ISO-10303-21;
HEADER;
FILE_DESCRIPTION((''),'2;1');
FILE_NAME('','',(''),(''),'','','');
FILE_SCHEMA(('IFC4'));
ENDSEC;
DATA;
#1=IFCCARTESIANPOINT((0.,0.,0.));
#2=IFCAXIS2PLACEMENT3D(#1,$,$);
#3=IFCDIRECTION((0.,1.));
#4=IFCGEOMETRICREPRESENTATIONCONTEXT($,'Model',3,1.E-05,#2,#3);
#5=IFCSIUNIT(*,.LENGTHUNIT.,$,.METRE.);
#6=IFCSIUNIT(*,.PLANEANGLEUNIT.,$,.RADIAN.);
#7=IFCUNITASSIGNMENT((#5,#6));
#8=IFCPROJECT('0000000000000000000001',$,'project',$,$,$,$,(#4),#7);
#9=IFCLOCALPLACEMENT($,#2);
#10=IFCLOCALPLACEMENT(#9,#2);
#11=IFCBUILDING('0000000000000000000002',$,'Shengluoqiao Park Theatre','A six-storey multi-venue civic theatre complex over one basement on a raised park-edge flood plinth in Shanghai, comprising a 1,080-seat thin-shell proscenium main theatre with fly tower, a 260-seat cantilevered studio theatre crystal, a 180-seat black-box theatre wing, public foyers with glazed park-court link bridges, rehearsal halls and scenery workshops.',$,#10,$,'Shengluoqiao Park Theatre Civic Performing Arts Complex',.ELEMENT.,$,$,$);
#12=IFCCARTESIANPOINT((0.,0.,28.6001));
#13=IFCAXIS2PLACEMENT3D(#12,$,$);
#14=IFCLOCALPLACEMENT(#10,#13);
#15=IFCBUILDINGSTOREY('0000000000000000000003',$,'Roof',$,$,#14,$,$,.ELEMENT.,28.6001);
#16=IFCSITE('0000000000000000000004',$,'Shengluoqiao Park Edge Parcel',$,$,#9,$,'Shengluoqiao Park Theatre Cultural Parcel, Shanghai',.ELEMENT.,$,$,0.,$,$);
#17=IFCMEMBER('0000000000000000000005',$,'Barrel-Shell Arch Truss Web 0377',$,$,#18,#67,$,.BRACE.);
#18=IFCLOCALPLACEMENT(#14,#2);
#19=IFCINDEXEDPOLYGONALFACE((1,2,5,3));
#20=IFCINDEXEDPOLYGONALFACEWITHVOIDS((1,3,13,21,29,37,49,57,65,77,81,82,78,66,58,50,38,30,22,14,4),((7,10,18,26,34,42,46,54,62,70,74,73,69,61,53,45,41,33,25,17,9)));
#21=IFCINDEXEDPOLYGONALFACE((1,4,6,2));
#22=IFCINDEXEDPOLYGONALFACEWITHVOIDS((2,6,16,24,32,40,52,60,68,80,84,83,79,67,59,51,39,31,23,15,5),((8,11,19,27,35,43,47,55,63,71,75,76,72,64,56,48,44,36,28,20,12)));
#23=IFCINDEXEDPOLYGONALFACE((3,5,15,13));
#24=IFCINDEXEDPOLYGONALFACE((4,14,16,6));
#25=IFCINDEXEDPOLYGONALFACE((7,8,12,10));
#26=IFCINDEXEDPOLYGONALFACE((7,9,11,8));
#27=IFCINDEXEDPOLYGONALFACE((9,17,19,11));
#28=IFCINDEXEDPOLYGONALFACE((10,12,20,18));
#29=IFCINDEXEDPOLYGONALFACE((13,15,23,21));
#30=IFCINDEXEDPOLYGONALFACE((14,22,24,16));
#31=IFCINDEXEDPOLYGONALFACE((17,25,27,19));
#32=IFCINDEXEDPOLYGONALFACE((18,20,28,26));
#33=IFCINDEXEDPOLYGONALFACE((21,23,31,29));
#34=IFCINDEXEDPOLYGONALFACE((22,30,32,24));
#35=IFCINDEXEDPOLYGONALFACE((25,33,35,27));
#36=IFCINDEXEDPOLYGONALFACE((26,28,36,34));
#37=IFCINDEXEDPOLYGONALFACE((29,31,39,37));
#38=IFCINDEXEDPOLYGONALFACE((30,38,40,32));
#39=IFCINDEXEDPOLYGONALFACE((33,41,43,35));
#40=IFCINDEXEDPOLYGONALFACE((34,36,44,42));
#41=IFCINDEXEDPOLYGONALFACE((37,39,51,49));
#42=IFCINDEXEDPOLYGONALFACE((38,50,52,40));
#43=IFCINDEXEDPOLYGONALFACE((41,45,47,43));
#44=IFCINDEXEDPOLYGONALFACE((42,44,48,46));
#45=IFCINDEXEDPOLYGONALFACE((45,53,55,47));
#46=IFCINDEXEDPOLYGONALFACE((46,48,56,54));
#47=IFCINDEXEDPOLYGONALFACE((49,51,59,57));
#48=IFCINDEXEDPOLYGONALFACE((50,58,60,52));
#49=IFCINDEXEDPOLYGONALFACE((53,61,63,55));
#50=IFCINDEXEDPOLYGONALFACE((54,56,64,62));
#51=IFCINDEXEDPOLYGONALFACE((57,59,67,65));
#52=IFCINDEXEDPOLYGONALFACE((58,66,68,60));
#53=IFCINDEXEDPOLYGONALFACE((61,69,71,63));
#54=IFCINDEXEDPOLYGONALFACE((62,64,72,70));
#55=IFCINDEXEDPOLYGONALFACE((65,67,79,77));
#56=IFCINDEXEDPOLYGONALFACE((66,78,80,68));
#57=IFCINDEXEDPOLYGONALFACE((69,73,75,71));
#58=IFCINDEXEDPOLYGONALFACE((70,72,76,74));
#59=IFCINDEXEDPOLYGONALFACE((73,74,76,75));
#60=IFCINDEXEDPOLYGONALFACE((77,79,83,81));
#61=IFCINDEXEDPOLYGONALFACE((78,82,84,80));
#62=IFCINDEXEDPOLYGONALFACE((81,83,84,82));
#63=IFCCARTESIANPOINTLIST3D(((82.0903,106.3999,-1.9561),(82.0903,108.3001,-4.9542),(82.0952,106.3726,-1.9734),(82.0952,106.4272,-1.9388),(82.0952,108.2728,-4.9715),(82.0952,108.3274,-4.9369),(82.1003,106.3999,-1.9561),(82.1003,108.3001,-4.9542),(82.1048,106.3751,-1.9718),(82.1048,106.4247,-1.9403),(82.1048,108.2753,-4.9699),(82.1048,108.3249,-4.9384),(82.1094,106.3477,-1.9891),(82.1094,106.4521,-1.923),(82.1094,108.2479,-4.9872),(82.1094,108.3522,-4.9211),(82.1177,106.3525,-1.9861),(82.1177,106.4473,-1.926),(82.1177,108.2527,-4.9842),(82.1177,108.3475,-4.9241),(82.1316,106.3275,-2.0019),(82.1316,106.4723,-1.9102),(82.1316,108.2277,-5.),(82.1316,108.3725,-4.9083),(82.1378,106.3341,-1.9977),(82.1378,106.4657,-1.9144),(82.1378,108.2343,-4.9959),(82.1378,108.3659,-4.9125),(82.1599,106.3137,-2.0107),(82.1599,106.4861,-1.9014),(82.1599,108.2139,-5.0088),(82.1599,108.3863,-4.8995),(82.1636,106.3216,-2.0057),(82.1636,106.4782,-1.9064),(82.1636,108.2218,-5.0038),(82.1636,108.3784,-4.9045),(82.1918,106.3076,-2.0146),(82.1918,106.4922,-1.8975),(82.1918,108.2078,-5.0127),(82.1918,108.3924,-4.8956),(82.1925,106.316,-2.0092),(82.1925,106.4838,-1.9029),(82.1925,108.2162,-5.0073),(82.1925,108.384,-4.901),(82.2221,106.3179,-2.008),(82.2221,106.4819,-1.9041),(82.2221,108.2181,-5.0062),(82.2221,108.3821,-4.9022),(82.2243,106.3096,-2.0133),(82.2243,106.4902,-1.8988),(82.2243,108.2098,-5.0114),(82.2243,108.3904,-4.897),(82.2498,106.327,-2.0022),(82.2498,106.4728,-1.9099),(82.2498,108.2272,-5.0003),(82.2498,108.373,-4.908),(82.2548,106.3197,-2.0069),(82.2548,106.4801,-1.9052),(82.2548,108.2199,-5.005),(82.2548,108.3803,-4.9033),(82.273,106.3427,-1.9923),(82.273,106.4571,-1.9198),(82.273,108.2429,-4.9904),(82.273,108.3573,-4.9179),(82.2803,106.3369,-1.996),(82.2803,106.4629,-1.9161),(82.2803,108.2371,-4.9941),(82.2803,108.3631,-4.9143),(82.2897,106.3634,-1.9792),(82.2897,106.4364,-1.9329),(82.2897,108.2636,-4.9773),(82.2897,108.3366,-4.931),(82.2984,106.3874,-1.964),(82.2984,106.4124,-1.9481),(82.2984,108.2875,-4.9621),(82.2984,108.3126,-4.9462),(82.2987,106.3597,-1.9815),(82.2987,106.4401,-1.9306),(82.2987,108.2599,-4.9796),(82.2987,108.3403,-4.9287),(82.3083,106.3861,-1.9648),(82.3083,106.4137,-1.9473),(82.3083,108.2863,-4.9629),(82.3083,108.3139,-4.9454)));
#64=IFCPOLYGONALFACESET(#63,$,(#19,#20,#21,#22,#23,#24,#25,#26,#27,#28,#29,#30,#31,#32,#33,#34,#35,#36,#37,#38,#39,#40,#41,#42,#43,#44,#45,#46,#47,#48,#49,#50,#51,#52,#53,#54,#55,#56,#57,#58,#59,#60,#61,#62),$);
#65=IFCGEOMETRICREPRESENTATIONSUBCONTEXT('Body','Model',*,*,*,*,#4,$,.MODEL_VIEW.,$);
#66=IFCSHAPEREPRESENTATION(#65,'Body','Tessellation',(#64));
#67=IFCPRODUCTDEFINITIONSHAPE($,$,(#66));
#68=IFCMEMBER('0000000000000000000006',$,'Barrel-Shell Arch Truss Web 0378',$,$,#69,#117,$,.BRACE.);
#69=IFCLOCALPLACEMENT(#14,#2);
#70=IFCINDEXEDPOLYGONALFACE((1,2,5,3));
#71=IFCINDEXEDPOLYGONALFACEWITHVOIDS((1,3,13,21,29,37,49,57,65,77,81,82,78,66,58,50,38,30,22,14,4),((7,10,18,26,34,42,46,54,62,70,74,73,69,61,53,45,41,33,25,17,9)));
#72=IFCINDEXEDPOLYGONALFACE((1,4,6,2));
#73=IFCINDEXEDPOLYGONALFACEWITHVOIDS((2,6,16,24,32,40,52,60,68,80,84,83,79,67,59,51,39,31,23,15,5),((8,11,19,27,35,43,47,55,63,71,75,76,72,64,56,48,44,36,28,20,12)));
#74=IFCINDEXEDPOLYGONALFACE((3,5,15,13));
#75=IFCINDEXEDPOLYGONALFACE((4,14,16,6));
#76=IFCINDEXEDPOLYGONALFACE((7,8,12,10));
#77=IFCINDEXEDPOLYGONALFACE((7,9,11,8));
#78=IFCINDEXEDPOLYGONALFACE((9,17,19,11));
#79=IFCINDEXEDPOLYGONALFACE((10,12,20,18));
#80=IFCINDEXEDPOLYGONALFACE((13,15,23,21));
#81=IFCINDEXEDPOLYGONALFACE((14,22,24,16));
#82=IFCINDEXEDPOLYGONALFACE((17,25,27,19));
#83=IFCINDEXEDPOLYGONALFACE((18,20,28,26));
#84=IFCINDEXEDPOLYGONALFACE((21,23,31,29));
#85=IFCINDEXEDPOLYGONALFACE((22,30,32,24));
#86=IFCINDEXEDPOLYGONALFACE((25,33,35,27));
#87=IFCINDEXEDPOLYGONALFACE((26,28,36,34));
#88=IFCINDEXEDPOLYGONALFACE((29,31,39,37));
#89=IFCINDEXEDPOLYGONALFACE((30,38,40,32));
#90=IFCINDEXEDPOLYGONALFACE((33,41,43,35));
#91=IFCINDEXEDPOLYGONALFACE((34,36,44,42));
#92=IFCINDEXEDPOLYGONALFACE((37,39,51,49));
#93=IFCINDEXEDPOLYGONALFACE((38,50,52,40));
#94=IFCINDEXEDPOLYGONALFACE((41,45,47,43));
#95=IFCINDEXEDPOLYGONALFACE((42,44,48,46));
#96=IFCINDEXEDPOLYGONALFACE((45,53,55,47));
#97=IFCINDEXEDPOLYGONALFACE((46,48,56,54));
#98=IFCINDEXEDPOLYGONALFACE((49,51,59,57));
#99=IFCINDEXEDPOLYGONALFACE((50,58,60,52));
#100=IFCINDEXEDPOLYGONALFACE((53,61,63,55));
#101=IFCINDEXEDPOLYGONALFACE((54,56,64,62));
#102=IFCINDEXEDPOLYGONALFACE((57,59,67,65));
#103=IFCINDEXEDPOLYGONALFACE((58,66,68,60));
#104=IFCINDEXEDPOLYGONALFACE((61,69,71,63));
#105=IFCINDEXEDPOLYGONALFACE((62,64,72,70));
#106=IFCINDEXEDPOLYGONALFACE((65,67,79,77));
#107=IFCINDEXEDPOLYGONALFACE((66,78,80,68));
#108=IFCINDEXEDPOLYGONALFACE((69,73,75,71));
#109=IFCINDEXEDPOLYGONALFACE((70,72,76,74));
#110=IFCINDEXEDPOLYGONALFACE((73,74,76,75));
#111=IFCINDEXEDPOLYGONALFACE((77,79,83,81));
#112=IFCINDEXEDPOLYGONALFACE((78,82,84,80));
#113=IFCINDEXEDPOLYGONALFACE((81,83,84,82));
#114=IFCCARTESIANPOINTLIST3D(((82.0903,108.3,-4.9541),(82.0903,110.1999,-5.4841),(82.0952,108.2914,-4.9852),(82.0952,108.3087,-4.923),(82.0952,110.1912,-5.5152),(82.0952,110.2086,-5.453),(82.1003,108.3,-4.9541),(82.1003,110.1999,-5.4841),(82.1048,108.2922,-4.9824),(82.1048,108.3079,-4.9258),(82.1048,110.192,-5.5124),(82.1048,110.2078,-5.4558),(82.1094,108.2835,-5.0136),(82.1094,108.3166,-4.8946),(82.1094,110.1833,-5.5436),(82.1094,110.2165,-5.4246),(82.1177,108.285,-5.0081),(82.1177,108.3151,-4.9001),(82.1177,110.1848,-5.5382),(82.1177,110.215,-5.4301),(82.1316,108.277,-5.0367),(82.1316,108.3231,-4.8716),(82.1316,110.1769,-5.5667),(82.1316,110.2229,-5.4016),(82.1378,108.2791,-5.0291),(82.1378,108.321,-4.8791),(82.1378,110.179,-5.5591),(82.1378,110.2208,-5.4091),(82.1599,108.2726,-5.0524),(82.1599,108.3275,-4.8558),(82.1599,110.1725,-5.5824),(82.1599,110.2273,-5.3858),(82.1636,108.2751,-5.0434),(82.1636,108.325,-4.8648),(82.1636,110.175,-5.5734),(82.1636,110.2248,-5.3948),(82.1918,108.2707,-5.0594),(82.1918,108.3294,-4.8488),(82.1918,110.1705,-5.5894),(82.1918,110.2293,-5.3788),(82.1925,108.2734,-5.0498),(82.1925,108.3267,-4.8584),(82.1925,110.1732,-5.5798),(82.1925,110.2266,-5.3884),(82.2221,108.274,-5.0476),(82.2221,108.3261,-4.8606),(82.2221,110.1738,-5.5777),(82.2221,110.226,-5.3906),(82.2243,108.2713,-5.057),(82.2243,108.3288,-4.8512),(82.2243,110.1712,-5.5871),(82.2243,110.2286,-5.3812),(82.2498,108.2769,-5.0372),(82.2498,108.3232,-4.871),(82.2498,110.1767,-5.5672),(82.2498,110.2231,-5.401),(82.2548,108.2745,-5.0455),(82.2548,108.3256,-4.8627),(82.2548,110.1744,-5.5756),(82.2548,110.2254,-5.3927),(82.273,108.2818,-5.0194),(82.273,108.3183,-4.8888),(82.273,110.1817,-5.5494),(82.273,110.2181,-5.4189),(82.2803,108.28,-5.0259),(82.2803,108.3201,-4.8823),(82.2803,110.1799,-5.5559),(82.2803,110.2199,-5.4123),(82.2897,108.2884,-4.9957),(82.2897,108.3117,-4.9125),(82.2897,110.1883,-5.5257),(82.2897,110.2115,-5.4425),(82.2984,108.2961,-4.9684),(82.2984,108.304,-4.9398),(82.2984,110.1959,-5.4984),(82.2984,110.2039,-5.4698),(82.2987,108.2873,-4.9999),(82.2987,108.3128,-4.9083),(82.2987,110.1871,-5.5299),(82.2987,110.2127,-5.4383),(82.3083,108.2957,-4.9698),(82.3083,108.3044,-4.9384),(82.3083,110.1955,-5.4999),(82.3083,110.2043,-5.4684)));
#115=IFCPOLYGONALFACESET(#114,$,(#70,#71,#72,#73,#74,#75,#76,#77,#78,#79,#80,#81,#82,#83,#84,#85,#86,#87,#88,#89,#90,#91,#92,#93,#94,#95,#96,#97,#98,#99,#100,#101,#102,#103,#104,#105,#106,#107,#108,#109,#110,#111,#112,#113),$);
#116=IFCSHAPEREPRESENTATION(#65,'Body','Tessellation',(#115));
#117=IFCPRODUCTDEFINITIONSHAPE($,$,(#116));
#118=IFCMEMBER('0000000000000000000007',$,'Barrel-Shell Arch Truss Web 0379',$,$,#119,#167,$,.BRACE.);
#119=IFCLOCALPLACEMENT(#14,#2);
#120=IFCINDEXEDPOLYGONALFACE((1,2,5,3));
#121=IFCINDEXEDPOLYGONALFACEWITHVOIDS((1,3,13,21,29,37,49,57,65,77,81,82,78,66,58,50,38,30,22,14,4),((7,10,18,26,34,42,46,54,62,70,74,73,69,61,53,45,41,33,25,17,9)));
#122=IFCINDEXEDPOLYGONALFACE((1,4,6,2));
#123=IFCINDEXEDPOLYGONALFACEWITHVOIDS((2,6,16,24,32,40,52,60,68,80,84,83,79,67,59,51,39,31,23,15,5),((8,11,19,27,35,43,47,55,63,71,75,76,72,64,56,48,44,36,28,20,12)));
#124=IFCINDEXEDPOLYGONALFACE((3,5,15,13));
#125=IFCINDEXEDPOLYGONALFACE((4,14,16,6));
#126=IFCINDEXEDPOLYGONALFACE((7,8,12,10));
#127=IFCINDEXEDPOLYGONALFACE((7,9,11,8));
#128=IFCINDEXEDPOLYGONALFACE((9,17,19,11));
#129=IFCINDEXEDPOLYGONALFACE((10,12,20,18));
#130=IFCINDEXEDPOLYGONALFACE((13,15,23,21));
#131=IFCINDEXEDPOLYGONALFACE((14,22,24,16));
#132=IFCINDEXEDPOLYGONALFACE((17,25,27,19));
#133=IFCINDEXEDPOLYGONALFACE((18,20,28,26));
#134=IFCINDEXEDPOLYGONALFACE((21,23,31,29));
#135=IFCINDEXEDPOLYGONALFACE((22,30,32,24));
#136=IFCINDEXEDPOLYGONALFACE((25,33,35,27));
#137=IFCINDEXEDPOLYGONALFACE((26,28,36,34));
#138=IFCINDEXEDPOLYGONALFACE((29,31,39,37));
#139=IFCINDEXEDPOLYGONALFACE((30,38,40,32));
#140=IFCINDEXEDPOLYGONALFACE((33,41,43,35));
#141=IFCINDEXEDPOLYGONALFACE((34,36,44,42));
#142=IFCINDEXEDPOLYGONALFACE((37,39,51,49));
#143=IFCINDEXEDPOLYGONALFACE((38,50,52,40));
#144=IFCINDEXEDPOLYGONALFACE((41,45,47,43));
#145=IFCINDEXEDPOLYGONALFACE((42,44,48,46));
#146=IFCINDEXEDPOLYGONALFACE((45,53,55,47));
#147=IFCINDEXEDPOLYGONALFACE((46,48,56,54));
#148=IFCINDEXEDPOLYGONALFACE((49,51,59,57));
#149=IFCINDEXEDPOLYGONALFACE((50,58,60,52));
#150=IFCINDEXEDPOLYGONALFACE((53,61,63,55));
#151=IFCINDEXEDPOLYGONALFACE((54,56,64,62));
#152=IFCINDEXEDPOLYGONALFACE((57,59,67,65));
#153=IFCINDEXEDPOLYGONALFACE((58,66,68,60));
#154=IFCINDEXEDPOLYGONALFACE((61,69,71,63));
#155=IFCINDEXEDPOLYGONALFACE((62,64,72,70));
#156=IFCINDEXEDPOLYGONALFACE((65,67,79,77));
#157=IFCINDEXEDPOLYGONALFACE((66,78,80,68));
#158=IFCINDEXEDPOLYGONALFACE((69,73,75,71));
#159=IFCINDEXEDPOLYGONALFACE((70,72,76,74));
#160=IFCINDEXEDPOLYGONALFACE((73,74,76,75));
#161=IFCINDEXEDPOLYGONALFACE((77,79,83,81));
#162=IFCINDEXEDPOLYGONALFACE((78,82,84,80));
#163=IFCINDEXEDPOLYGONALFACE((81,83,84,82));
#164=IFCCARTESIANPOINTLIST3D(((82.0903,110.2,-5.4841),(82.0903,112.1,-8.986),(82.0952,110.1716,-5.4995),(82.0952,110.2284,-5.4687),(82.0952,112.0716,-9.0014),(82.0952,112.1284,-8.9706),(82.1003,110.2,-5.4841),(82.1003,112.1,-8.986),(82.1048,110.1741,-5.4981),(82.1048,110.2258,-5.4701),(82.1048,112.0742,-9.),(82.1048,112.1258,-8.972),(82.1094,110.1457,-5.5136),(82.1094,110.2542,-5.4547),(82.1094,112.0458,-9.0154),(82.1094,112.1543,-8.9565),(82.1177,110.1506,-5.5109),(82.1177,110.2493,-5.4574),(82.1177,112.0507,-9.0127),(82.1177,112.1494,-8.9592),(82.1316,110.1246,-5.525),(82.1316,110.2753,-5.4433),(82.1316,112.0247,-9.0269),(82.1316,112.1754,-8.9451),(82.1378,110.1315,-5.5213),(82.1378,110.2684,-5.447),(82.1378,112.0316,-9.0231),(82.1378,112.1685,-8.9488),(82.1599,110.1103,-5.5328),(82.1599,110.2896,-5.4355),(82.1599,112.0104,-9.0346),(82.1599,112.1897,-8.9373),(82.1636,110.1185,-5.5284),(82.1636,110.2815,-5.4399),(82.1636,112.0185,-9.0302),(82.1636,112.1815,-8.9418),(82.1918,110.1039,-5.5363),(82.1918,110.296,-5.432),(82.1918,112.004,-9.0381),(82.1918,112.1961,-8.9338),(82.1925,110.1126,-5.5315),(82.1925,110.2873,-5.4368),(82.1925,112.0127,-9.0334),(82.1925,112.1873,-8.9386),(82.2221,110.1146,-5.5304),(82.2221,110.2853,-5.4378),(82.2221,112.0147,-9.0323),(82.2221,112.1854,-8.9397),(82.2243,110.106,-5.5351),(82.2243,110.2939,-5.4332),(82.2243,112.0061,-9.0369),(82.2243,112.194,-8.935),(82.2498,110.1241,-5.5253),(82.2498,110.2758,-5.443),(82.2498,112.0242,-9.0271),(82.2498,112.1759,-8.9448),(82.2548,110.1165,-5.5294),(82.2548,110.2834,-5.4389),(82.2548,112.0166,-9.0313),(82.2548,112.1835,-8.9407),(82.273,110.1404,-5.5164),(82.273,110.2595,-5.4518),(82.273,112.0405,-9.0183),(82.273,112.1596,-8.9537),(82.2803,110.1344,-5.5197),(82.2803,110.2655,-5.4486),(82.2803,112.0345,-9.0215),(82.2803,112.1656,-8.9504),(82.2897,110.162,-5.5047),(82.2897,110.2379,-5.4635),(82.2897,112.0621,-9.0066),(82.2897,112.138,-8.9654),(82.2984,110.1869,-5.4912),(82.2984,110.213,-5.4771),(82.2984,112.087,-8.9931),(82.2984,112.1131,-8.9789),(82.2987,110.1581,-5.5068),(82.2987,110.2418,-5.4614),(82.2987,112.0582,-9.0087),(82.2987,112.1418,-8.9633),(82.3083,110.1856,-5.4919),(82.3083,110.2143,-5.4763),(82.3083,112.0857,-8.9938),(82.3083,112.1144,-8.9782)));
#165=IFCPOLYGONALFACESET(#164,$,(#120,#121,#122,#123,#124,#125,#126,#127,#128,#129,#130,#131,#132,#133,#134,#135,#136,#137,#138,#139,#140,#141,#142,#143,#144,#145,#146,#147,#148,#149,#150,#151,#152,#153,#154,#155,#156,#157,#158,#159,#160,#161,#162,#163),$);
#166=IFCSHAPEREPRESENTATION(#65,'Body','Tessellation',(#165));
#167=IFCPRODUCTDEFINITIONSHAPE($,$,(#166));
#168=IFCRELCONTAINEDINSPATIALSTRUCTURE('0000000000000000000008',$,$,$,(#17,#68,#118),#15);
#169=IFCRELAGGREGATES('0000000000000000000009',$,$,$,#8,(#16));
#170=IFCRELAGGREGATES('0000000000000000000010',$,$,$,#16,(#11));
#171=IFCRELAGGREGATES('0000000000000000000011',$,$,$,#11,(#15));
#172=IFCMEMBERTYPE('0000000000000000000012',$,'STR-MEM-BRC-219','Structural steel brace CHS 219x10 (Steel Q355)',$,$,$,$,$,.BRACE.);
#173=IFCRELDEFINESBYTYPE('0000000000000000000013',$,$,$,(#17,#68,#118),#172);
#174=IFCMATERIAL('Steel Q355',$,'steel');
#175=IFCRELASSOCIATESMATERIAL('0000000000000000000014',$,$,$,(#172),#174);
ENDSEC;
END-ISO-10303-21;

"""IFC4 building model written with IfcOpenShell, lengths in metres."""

from ifc_helpers import new_model, si_unit, direction, frame, origin, origin_2d, place, context, subcontext, project, spatial, hollow_circle, extrude, material, material_profile, profile_set, type_object, element, save


model = new_model("IFC4")

# Units and contexts
model_context = context("Model", 3, precision=1e-05, world=origin(), true_north=direction((0.0, 1.0)))
body_context = subcontext(model_context, "Body", "Model", "MODEL_VIEW")
ifc_project = project(units=[si_unit("LENGTHUNIT", "METRE"), si_unit("PLANEANGLEUNIT", "RADIAN")], contexts=[model_context])

# Site, building, storey
site_placement = place(None, origin())
site = spatial("IfcSite", under=ifc_project, at=site_placement, Name="Shengluoqiao Park Edge Parcel", LongName="Shengluoqiao Park Theatre Cultural Parcel, Shanghai", CompositionType="ELEMENT", RefElevation=0.0)
building_placement = place(site_placement, origin())
building = spatial("IfcBuilding", under=site, at=building_placement, Name="Shengluoqiao Park Theatre", Description="A six-storey multi-venue civic theatre complex over one basement on a raised park-edge flood plinth in Shanghai, comprising a 1,080-seat thin-shell proscenium main theatre with fly tower, a 260-seat cantilevered studio theatre crystal, a 180-seat black-box theatre wing, public foyers with glazed park-court link bridges, rehearsal halls and scenery workshops.", LongName="Shengluoqiao Park Theatre Civic Performing Arts Complex", CompositionType="ELEMENT")
storey_placement = place(building_placement, frame((0.0, 0.0, 28.6001)))
storey = spatial("IfcBuildingStorey", under=building, at=storey_placement, Name="Roof", CompositionType="ELEMENT", Elevation=28.6001)

# Shared definitions
ifc_material_1 = material(Name="Steel Q355", Category="steel")

# Members
ifc_material_profile_1 = material_profile(ifc_material_1, hollow_circle(Radius=0.1096, WallThickness=0.01, at=origin_2d()), Name="CHS 219x10")
ifc_profile_set_1 = profile_set([ifc_material_profile_1], Name="Steel Q355")
member_type_1 = type_object("IfcMemberType", Name="STR-MEM-BRC-219", Description="Structural steel brace CHS 219x10 (Steel Q355)", PredefinedType="BRACE", material=ifc_profile_set_1)
member_1_placement = place(storey_placement, frame((82.2, 106.3999, -1.9561), z_axis=(0.0, 0.53533, -0.844643), x_axis=(-1.0, 0.0, 0.0)))
element("IfcMember", 1, at=member_1_placement, inside=storey, type_object=member_type_1, Name="Barrel-Shell Arch Truss Web 0377", PredefinedType="BRACE", context=body_context, shape_type="SweptSolid", body=[
    extrude(hollow_circle(Radius=0.1096, WallThickness=0.01, at=origin_2d()), origin(), (0.0, 0.0, 1.0), 3.5496),
])
member_2_placement = place(storey_placement, frame((82.2, 108.3, -4.9541), z_axis=(0.0, 0.963219, -0.268716), x_axis=(-1.0, 0.0, 0.0)))
element("IfcMember", 2, at=member_2_placement, inside=storey, type_object=member_type_1, Name="Barrel-Shell Arch Truss Web 0378", PredefinedType="BRACE", context=body_context, shape_type="SweptSolid", body=[
    extrude(hollow_circle(Radius=0.1096, WallThickness=0.01, at=origin_2d()), origin(), (0.0, 0.0, 1.0), 1.9724),
])
member_3_placement = place(storey_placement, frame((82.2, 110.2, -5.4841), z_axis=(0.0, 0.476915, -0.87895), x_axis=(-1.0, 0.0, 0.0)))
element("IfcMember", 3, at=member_3_placement, inside=storey, type_object=member_type_1, Name="Barrel-Shell Arch Truss Web 0379", PredefinedType="BRACE", context=body_context, shape_type="SweptSolid", body=[
    extrude(hollow_circle(Radius=0.1096, WallThickness=0.01, at=origin_2d()), origin(), (0.0, 0.0, 1.0), 3.9841),
])

save(model, "model.ifc")
